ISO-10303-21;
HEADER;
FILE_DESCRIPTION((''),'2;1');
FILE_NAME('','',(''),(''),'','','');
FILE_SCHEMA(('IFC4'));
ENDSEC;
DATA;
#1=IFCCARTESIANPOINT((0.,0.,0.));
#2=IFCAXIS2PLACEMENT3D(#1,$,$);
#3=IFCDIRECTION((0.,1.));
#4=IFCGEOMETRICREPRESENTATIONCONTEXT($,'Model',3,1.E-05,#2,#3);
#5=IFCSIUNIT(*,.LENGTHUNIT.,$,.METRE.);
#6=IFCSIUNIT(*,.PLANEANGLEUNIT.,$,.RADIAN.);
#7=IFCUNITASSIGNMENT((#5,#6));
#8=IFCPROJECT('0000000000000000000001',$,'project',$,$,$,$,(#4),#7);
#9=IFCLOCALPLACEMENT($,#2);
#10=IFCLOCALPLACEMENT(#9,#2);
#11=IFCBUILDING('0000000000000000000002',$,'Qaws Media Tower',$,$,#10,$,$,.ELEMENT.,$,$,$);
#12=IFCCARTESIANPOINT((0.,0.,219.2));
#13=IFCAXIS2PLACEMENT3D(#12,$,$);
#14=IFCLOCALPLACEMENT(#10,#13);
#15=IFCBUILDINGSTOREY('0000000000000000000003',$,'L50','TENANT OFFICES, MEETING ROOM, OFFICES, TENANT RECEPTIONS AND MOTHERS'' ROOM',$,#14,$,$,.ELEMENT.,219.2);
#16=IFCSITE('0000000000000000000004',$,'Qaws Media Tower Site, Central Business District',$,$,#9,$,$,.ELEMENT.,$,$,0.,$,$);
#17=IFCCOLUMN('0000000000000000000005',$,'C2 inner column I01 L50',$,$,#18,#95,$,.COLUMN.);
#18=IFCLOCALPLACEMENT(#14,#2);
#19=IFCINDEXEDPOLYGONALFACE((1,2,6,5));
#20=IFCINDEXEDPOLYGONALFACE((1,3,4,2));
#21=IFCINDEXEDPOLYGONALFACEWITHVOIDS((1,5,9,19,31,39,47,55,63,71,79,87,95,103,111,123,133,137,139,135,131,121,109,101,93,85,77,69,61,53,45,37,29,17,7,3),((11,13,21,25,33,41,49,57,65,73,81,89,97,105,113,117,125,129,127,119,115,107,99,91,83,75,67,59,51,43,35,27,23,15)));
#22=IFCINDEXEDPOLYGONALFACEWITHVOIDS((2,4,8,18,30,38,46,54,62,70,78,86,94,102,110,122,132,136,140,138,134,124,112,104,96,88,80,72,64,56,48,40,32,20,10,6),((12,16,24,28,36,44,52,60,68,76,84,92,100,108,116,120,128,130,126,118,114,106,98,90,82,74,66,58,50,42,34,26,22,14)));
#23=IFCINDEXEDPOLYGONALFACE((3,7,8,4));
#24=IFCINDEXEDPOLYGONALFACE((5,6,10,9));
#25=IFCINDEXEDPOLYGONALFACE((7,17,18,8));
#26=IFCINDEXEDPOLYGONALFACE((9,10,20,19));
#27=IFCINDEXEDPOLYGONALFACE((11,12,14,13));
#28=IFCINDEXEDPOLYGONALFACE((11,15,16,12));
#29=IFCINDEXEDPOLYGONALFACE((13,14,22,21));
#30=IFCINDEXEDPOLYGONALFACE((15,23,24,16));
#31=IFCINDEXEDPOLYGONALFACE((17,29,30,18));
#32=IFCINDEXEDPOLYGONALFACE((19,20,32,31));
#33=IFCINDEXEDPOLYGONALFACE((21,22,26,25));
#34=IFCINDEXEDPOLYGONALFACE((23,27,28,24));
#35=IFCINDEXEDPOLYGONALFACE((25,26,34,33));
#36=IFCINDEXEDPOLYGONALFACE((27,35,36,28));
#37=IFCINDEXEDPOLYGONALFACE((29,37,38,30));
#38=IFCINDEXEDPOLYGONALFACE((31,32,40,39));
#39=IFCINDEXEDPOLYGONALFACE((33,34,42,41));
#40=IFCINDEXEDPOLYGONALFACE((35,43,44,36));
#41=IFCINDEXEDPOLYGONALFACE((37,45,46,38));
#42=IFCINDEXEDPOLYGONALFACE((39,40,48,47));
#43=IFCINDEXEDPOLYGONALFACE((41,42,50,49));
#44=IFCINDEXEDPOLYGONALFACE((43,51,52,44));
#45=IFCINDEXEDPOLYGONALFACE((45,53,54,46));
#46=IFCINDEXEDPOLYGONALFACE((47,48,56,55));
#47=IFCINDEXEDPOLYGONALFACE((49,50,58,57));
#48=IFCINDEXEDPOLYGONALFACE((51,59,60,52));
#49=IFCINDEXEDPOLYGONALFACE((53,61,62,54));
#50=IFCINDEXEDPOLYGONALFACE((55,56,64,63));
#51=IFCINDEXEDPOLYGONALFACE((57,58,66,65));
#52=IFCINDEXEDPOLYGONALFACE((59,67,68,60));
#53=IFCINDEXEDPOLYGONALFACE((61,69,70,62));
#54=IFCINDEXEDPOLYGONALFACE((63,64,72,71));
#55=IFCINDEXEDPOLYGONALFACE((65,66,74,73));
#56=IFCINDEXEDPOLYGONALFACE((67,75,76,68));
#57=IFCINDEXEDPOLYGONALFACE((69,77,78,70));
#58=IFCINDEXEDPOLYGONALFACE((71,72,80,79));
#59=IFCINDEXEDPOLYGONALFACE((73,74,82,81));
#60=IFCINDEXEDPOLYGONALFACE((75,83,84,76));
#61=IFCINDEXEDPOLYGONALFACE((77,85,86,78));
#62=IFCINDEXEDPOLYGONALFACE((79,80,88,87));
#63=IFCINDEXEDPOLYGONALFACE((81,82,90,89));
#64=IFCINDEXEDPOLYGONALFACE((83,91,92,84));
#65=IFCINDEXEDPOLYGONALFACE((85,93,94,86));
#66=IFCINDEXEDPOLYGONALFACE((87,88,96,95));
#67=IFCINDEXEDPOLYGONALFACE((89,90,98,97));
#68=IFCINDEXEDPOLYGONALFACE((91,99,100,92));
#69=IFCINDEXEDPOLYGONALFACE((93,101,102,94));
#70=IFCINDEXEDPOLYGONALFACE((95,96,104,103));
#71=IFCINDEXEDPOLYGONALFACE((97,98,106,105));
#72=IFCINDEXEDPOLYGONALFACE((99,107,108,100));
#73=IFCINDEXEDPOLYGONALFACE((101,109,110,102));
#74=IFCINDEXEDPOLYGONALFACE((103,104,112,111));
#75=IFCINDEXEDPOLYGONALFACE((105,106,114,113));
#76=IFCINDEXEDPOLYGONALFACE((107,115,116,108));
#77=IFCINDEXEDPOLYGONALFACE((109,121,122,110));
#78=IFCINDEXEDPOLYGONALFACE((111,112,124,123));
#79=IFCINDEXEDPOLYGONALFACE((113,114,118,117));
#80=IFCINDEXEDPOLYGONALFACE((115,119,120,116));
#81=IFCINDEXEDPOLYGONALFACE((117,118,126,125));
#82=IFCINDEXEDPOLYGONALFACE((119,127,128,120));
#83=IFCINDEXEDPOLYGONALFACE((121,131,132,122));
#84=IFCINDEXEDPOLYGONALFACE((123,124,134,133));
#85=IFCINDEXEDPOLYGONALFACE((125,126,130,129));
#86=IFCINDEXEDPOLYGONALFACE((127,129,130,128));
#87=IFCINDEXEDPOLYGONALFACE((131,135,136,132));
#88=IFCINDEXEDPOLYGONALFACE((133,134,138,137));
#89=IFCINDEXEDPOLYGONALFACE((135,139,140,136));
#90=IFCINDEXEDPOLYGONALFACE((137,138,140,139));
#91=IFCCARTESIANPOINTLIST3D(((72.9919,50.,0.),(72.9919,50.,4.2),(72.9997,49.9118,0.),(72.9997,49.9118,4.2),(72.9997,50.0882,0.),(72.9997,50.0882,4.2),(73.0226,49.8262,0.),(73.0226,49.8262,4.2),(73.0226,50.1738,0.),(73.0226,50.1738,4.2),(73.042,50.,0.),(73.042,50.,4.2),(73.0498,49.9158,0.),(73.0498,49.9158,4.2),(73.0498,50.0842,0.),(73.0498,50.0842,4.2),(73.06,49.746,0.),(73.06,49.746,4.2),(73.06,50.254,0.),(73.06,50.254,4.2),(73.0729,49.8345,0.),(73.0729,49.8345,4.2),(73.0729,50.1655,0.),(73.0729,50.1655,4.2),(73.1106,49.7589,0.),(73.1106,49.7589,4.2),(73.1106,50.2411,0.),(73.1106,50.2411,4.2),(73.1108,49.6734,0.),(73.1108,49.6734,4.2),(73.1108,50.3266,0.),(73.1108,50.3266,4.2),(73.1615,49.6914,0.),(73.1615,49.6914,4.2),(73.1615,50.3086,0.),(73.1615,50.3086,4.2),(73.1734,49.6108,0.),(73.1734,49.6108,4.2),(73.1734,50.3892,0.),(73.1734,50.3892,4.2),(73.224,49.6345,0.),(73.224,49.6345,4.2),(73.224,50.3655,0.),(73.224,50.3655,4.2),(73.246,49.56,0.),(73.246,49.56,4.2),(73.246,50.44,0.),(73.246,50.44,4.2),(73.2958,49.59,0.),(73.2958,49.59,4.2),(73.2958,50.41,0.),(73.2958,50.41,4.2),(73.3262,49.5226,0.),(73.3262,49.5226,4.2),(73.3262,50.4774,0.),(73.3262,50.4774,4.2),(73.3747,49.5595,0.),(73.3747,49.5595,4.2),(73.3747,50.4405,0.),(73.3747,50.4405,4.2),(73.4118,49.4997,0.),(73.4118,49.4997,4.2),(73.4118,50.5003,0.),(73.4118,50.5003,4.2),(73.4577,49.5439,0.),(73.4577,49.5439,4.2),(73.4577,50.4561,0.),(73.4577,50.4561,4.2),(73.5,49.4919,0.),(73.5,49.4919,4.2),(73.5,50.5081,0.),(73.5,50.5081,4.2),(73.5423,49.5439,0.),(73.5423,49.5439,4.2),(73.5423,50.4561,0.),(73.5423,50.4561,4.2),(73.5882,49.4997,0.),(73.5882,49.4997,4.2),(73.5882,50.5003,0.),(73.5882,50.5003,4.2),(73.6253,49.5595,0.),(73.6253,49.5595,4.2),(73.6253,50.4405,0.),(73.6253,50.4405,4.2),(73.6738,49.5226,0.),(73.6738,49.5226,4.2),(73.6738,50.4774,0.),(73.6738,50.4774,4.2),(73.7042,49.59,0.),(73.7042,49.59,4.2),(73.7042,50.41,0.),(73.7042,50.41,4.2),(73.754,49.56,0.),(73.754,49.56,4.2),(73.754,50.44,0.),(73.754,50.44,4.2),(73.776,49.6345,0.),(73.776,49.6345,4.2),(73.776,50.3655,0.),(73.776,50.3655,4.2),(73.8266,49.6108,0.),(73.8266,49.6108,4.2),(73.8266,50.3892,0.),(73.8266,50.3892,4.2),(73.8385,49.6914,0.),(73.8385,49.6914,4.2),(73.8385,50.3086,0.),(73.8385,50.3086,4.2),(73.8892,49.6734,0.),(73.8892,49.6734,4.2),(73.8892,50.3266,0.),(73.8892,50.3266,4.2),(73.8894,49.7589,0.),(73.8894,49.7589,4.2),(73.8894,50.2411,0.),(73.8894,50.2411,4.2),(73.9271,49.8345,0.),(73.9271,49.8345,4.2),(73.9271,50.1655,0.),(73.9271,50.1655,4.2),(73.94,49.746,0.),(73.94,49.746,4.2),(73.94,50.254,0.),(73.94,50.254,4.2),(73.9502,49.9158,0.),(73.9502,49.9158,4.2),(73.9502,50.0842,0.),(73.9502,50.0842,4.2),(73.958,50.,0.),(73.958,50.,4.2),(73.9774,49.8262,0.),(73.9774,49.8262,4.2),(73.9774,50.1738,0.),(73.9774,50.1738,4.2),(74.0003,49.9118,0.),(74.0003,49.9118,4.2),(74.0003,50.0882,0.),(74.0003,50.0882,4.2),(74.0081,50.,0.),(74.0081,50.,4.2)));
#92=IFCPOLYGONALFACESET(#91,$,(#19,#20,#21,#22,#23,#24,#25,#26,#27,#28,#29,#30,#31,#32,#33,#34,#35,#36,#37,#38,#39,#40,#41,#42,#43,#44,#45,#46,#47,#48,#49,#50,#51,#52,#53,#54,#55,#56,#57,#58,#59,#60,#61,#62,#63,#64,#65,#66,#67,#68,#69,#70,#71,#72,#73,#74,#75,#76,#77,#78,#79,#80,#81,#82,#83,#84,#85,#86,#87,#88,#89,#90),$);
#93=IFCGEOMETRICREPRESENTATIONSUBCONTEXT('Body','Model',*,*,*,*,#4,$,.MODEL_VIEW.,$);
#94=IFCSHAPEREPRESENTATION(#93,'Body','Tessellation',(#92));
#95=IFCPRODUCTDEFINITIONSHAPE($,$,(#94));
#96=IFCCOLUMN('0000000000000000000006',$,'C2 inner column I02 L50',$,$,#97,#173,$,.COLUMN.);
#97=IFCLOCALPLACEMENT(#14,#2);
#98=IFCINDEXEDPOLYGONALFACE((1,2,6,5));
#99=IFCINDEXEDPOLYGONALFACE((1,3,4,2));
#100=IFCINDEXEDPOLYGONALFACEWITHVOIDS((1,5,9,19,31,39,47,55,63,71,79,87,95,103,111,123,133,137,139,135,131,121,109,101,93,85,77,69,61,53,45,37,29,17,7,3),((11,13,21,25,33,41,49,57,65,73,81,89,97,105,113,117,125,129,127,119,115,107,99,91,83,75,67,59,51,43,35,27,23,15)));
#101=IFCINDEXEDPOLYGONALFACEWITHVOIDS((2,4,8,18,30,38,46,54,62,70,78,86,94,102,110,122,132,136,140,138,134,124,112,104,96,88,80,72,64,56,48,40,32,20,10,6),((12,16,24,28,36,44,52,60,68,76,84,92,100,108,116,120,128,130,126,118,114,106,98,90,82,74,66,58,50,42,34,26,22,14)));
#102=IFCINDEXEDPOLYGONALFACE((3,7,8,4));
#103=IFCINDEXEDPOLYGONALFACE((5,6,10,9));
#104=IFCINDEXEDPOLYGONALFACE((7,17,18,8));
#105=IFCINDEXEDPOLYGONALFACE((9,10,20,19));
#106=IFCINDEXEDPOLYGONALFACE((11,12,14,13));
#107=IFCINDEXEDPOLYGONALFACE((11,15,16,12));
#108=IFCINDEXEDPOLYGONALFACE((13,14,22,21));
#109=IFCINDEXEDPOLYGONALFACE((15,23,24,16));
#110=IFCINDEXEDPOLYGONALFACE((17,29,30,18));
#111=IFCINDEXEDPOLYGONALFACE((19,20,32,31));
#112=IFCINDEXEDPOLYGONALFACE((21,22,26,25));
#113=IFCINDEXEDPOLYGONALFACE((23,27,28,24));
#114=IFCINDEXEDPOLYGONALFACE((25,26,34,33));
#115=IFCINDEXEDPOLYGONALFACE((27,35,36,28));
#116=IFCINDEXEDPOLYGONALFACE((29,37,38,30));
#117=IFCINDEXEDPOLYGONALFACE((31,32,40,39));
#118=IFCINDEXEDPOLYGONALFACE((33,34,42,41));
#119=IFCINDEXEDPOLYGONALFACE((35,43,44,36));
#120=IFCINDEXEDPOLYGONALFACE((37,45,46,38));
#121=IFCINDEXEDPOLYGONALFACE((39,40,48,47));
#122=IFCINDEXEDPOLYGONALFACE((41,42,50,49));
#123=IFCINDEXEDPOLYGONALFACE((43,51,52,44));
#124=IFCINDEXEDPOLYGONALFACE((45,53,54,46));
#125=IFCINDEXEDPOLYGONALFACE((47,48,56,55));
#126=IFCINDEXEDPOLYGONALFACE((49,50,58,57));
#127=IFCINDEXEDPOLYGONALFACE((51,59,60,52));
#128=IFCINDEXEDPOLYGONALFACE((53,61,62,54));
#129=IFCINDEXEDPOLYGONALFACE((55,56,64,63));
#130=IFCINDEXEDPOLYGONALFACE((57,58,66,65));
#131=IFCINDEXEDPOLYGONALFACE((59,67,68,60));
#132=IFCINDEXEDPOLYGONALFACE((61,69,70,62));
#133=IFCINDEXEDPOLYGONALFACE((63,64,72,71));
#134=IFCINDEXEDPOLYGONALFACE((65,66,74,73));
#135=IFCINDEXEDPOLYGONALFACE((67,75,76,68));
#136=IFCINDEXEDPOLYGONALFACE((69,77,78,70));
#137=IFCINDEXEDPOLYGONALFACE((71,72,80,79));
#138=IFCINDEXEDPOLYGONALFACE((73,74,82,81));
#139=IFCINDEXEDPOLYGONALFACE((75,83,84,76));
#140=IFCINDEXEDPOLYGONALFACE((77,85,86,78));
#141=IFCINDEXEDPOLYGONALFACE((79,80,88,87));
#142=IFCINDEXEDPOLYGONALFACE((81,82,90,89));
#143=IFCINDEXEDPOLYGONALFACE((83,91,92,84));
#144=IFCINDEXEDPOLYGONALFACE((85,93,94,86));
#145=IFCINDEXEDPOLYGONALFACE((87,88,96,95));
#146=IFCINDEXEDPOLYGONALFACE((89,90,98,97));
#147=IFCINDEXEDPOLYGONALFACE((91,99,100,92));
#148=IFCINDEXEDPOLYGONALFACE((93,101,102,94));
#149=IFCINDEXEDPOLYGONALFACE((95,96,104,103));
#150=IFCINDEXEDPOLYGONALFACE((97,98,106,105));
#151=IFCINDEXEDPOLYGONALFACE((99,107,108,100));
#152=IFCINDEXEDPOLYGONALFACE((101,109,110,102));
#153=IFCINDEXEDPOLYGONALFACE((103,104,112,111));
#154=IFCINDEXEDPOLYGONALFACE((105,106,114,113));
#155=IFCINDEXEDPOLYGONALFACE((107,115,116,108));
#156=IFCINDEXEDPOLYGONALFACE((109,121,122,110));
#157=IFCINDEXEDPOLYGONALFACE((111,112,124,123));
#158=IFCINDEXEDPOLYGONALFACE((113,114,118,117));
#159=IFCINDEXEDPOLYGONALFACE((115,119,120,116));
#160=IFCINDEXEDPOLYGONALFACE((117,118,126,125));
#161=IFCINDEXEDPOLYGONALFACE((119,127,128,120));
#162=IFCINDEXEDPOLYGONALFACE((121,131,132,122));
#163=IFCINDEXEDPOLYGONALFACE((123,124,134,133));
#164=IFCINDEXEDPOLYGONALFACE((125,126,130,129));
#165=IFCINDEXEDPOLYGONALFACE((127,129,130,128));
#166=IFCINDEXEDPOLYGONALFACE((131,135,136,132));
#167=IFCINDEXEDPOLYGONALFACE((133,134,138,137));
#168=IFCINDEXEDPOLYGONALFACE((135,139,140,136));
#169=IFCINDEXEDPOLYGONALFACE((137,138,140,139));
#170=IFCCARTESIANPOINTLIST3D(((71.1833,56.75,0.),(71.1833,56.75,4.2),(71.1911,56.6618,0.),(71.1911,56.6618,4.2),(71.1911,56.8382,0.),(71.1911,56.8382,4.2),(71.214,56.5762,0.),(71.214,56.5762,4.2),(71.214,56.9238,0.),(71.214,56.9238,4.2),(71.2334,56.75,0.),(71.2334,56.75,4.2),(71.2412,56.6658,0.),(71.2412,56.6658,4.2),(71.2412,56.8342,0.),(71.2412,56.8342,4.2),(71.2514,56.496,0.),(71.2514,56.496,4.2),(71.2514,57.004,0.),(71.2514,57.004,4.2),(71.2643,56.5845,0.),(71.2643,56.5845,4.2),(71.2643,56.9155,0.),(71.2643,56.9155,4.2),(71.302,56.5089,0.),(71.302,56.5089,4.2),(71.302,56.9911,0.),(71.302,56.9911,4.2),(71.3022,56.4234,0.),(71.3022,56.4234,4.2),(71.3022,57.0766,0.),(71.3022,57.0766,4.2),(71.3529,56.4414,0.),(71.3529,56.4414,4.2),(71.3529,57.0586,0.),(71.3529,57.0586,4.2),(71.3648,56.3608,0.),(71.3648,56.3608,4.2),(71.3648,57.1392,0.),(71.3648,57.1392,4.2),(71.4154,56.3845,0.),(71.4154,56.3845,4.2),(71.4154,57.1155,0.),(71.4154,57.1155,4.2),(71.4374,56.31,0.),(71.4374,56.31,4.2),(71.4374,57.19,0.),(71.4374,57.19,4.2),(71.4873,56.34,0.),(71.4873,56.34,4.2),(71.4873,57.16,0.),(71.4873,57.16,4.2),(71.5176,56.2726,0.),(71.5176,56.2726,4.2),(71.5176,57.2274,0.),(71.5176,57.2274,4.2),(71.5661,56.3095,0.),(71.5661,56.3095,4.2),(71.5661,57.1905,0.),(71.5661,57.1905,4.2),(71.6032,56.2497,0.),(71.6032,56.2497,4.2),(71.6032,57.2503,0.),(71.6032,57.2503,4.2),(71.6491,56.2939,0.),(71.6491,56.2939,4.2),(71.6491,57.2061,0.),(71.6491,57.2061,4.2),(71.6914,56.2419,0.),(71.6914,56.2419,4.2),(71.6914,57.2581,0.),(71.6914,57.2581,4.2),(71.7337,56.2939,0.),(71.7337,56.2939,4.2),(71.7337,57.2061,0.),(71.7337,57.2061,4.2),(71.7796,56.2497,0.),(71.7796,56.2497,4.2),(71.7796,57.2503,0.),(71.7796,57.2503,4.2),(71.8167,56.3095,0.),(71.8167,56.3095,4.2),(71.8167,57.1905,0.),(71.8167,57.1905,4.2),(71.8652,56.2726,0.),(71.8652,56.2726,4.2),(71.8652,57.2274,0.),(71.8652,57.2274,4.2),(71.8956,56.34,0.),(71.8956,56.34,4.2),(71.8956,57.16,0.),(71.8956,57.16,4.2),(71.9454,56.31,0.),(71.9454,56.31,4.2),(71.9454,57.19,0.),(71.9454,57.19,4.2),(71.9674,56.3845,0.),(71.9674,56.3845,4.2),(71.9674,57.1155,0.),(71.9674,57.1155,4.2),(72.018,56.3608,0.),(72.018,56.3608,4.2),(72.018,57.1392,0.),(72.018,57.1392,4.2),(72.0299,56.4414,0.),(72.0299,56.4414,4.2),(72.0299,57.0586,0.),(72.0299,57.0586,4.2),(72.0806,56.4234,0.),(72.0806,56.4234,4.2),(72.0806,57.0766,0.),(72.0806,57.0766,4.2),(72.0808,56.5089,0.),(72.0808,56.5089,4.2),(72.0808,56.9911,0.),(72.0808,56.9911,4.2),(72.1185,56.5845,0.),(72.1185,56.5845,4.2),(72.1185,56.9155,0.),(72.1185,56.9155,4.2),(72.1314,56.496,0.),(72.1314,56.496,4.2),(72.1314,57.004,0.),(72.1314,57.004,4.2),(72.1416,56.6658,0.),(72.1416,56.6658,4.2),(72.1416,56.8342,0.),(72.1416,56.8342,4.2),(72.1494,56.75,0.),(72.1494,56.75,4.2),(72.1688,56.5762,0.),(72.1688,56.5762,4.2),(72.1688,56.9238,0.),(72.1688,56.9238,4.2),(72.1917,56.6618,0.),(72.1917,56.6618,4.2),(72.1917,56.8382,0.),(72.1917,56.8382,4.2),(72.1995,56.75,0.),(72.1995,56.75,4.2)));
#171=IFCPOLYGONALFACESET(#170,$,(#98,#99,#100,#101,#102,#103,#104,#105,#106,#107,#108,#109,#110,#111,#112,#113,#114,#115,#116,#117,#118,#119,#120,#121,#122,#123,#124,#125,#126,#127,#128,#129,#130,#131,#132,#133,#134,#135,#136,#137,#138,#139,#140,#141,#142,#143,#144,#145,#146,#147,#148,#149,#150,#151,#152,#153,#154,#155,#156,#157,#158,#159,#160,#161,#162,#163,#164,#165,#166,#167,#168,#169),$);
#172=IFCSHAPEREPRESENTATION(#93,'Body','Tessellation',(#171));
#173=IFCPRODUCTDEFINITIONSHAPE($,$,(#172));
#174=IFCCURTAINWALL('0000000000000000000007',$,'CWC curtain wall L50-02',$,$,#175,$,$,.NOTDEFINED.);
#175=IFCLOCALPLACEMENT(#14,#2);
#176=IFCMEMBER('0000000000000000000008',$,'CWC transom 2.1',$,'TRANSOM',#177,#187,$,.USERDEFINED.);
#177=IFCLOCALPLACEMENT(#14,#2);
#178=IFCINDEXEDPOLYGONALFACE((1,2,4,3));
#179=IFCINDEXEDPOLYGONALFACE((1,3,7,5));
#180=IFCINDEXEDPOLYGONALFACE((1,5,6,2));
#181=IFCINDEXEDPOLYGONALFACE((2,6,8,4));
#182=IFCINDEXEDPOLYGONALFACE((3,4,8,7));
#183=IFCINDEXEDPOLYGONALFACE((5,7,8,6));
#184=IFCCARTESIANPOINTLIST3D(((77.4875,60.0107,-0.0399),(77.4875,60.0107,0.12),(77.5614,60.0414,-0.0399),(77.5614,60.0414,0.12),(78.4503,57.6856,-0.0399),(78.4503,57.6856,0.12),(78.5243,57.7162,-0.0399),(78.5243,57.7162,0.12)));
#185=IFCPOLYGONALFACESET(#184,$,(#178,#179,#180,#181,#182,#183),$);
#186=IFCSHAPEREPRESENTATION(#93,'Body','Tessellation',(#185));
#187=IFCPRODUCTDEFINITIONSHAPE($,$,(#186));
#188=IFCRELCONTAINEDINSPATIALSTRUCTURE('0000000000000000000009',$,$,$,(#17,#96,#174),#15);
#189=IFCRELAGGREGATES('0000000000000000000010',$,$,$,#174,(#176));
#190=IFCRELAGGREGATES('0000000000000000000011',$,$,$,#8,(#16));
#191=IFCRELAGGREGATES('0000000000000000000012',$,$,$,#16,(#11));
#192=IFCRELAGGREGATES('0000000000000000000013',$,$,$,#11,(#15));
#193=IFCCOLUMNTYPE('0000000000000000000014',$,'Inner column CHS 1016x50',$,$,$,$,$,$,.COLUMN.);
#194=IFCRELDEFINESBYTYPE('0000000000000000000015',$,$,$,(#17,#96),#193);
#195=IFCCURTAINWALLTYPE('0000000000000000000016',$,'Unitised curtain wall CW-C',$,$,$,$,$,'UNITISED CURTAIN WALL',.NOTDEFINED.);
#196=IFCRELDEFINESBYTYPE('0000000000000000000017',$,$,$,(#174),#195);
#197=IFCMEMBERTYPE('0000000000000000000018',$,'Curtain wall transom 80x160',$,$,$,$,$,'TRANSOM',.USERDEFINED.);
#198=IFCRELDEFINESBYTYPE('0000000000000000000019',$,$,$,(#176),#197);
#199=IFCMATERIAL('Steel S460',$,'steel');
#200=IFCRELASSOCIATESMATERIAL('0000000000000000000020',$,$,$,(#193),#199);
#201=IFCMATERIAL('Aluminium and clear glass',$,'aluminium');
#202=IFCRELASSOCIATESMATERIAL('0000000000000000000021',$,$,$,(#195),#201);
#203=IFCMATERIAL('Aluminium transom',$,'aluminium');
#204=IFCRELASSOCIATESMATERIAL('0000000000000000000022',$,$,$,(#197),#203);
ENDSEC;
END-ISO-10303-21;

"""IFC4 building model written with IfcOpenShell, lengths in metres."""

from ifc_helpers import new_model, si_unit, direction, frame, origin, origin_2d, place, context, subcontext, project, spatial, rectangle, hollow_circle, extrude, material, material_profile, profile_set, type_object, element, aggregate, save


model = new_model("IFC4")

# Units and contexts
model_context = context("Model", 3, precision=1e-05, world=origin(), true_north=direction((0.0, 1.0)))
body_context = subcontext(model_context, "Body", "Model", "MODEL_VIEW")
ifc_project = project(units=[si_unit("LENGTHUNIT", "METRE"), si_unit("PLANEANGLEUNIT", "RADIAN")], contexts=[model_context])

# Site, building, storey
site_placement = place(None, origin())
site = spatial("IfcSite", under=ifc_project, at=site_placement, Name="Qaws Media Tower Site, Central Business District", CompositionType="ELEMENT", RefElevation=0.0)
building_placement = place(site_placement, origin())
building = spatial("IfcBuilding", under=site, at=building_placement, Name="Qaws Media Tower", CompositionType="ELEMENT")
storey_placement = place(building_placement, frame((0.0, 0.0, 219.2)))
storey = spatial("IfcBuildingStorey", under=building, at=storey_placement, Name="L50", Description="TENANT OFFICES, MEETING ROOM, OFFICES, TENANT RECEPTIONS AND MOTHERS' ROOM", CompositionType="ELEMENT", Elevation=219.2)

# Columns
ifc_material_1 = material(Name="Steel S460", Category="steel")
ifc_material_profile_1 = material_profile(ifc_material_1, hollow_circle(Radius=0.5081, WallThickness=0.05, at=origin_2d()), Name="CHS 1016x50")
ifc_profile_set_1 = profile_set([ifc_material_profile_1], Name="Steel S460")
column_type = type_object("IfcColumnType", Name="Inner column CHS 1016x50", PredefinedType="COLUMN", material=ifc_profile_set_1)
for number, where, z_axis, x_axis, name in (
    (1, (73.5, 50.0, 0.0), (0.0, 0.0, 1.0), (1.0, 0.0, 0.0), "C2 inner column I01 L50"),
    (2, (71.6914, 56.75, 0.0), (0.0, 0.0, 1.0), (1.0, 0.0, 0.0), "C2 inner column I02 L50"),
):
    element("IfcColumn", number, at=place(storey_placement, frame(where, z_axis=z_axis, x_axis=x_axis)), inside=storey, type_object=column_type, Name=name, PredefinedType="COLUMN", context=body_context, shape_type="SweptSolid", body=[
        extrude(hollow_circle(Radius=0.5081, WallThickness=0.05, at=origin_2d()), origin(), (0.0, 0.0, 1.0), 4.2),
    ])

# Curtain wall, member
ifc_material_2 = material(Name="Aluminium and clear glass", Category="aluminium")
curtain_wall_type = type_object("IfcCurtainWallType", Name="Unitised curtain wall CW-C", ElementType="UNITISED CURTAIN WALL", PredefinedType="NOTDEFINED", material=ifc_material_2)
curtain_wall_placement = place(storey_placement, origin())
curtain_wall = element("IfcCurtainWall", 3, at=curtain_wall_placement, inside=storey, type_object=curtain_wall_type, Name="CWC curtain wall L50-02", PredefinedType="NOTDEFINED")
ifc_material_3 = material(Name="Aluminium transom", Category="aluminium")
ifc_material_profile_2 = material_profile(ifc_material_3, rectangle(XDim=0.0801, YDim=0.1599, at=origin_2d()), Name="80x160")
ifc_profile_set_2 = profile_set([ifc_material_profile_2], Name="Aluminium transom")
member_type = type_object("IfcMemberType", Name="Curtain wall transom 80x160", ElementType="TRANSOM", PredefinedType="USERDEFINED", material=ifc_profile_set_2)
member_placement = place(storey_placement, frame((78.4873, 57.7009, 0.04), z_axis=(-0.382603, 0.923913, 0.0), x_axis=(-0.923913, -0.382603, 0.0)))
member = element("IfcMember", 4, at=member_placement, type_object=member_type, Name="CWC transom 2.1", ObjectType="TRANSOM", PredefinedType="USERDEFINED", context=body_context, shape_type="SweptSolid", body=[
    extrude(rectangle(XDim=0.0801, YDim=0.1599, at=origin_2d()), origin(), (0.0, 0.0, 1.0), 2.5166),
])
aggregate(curtain_wall, [member])

save(model, "model.ifc")
